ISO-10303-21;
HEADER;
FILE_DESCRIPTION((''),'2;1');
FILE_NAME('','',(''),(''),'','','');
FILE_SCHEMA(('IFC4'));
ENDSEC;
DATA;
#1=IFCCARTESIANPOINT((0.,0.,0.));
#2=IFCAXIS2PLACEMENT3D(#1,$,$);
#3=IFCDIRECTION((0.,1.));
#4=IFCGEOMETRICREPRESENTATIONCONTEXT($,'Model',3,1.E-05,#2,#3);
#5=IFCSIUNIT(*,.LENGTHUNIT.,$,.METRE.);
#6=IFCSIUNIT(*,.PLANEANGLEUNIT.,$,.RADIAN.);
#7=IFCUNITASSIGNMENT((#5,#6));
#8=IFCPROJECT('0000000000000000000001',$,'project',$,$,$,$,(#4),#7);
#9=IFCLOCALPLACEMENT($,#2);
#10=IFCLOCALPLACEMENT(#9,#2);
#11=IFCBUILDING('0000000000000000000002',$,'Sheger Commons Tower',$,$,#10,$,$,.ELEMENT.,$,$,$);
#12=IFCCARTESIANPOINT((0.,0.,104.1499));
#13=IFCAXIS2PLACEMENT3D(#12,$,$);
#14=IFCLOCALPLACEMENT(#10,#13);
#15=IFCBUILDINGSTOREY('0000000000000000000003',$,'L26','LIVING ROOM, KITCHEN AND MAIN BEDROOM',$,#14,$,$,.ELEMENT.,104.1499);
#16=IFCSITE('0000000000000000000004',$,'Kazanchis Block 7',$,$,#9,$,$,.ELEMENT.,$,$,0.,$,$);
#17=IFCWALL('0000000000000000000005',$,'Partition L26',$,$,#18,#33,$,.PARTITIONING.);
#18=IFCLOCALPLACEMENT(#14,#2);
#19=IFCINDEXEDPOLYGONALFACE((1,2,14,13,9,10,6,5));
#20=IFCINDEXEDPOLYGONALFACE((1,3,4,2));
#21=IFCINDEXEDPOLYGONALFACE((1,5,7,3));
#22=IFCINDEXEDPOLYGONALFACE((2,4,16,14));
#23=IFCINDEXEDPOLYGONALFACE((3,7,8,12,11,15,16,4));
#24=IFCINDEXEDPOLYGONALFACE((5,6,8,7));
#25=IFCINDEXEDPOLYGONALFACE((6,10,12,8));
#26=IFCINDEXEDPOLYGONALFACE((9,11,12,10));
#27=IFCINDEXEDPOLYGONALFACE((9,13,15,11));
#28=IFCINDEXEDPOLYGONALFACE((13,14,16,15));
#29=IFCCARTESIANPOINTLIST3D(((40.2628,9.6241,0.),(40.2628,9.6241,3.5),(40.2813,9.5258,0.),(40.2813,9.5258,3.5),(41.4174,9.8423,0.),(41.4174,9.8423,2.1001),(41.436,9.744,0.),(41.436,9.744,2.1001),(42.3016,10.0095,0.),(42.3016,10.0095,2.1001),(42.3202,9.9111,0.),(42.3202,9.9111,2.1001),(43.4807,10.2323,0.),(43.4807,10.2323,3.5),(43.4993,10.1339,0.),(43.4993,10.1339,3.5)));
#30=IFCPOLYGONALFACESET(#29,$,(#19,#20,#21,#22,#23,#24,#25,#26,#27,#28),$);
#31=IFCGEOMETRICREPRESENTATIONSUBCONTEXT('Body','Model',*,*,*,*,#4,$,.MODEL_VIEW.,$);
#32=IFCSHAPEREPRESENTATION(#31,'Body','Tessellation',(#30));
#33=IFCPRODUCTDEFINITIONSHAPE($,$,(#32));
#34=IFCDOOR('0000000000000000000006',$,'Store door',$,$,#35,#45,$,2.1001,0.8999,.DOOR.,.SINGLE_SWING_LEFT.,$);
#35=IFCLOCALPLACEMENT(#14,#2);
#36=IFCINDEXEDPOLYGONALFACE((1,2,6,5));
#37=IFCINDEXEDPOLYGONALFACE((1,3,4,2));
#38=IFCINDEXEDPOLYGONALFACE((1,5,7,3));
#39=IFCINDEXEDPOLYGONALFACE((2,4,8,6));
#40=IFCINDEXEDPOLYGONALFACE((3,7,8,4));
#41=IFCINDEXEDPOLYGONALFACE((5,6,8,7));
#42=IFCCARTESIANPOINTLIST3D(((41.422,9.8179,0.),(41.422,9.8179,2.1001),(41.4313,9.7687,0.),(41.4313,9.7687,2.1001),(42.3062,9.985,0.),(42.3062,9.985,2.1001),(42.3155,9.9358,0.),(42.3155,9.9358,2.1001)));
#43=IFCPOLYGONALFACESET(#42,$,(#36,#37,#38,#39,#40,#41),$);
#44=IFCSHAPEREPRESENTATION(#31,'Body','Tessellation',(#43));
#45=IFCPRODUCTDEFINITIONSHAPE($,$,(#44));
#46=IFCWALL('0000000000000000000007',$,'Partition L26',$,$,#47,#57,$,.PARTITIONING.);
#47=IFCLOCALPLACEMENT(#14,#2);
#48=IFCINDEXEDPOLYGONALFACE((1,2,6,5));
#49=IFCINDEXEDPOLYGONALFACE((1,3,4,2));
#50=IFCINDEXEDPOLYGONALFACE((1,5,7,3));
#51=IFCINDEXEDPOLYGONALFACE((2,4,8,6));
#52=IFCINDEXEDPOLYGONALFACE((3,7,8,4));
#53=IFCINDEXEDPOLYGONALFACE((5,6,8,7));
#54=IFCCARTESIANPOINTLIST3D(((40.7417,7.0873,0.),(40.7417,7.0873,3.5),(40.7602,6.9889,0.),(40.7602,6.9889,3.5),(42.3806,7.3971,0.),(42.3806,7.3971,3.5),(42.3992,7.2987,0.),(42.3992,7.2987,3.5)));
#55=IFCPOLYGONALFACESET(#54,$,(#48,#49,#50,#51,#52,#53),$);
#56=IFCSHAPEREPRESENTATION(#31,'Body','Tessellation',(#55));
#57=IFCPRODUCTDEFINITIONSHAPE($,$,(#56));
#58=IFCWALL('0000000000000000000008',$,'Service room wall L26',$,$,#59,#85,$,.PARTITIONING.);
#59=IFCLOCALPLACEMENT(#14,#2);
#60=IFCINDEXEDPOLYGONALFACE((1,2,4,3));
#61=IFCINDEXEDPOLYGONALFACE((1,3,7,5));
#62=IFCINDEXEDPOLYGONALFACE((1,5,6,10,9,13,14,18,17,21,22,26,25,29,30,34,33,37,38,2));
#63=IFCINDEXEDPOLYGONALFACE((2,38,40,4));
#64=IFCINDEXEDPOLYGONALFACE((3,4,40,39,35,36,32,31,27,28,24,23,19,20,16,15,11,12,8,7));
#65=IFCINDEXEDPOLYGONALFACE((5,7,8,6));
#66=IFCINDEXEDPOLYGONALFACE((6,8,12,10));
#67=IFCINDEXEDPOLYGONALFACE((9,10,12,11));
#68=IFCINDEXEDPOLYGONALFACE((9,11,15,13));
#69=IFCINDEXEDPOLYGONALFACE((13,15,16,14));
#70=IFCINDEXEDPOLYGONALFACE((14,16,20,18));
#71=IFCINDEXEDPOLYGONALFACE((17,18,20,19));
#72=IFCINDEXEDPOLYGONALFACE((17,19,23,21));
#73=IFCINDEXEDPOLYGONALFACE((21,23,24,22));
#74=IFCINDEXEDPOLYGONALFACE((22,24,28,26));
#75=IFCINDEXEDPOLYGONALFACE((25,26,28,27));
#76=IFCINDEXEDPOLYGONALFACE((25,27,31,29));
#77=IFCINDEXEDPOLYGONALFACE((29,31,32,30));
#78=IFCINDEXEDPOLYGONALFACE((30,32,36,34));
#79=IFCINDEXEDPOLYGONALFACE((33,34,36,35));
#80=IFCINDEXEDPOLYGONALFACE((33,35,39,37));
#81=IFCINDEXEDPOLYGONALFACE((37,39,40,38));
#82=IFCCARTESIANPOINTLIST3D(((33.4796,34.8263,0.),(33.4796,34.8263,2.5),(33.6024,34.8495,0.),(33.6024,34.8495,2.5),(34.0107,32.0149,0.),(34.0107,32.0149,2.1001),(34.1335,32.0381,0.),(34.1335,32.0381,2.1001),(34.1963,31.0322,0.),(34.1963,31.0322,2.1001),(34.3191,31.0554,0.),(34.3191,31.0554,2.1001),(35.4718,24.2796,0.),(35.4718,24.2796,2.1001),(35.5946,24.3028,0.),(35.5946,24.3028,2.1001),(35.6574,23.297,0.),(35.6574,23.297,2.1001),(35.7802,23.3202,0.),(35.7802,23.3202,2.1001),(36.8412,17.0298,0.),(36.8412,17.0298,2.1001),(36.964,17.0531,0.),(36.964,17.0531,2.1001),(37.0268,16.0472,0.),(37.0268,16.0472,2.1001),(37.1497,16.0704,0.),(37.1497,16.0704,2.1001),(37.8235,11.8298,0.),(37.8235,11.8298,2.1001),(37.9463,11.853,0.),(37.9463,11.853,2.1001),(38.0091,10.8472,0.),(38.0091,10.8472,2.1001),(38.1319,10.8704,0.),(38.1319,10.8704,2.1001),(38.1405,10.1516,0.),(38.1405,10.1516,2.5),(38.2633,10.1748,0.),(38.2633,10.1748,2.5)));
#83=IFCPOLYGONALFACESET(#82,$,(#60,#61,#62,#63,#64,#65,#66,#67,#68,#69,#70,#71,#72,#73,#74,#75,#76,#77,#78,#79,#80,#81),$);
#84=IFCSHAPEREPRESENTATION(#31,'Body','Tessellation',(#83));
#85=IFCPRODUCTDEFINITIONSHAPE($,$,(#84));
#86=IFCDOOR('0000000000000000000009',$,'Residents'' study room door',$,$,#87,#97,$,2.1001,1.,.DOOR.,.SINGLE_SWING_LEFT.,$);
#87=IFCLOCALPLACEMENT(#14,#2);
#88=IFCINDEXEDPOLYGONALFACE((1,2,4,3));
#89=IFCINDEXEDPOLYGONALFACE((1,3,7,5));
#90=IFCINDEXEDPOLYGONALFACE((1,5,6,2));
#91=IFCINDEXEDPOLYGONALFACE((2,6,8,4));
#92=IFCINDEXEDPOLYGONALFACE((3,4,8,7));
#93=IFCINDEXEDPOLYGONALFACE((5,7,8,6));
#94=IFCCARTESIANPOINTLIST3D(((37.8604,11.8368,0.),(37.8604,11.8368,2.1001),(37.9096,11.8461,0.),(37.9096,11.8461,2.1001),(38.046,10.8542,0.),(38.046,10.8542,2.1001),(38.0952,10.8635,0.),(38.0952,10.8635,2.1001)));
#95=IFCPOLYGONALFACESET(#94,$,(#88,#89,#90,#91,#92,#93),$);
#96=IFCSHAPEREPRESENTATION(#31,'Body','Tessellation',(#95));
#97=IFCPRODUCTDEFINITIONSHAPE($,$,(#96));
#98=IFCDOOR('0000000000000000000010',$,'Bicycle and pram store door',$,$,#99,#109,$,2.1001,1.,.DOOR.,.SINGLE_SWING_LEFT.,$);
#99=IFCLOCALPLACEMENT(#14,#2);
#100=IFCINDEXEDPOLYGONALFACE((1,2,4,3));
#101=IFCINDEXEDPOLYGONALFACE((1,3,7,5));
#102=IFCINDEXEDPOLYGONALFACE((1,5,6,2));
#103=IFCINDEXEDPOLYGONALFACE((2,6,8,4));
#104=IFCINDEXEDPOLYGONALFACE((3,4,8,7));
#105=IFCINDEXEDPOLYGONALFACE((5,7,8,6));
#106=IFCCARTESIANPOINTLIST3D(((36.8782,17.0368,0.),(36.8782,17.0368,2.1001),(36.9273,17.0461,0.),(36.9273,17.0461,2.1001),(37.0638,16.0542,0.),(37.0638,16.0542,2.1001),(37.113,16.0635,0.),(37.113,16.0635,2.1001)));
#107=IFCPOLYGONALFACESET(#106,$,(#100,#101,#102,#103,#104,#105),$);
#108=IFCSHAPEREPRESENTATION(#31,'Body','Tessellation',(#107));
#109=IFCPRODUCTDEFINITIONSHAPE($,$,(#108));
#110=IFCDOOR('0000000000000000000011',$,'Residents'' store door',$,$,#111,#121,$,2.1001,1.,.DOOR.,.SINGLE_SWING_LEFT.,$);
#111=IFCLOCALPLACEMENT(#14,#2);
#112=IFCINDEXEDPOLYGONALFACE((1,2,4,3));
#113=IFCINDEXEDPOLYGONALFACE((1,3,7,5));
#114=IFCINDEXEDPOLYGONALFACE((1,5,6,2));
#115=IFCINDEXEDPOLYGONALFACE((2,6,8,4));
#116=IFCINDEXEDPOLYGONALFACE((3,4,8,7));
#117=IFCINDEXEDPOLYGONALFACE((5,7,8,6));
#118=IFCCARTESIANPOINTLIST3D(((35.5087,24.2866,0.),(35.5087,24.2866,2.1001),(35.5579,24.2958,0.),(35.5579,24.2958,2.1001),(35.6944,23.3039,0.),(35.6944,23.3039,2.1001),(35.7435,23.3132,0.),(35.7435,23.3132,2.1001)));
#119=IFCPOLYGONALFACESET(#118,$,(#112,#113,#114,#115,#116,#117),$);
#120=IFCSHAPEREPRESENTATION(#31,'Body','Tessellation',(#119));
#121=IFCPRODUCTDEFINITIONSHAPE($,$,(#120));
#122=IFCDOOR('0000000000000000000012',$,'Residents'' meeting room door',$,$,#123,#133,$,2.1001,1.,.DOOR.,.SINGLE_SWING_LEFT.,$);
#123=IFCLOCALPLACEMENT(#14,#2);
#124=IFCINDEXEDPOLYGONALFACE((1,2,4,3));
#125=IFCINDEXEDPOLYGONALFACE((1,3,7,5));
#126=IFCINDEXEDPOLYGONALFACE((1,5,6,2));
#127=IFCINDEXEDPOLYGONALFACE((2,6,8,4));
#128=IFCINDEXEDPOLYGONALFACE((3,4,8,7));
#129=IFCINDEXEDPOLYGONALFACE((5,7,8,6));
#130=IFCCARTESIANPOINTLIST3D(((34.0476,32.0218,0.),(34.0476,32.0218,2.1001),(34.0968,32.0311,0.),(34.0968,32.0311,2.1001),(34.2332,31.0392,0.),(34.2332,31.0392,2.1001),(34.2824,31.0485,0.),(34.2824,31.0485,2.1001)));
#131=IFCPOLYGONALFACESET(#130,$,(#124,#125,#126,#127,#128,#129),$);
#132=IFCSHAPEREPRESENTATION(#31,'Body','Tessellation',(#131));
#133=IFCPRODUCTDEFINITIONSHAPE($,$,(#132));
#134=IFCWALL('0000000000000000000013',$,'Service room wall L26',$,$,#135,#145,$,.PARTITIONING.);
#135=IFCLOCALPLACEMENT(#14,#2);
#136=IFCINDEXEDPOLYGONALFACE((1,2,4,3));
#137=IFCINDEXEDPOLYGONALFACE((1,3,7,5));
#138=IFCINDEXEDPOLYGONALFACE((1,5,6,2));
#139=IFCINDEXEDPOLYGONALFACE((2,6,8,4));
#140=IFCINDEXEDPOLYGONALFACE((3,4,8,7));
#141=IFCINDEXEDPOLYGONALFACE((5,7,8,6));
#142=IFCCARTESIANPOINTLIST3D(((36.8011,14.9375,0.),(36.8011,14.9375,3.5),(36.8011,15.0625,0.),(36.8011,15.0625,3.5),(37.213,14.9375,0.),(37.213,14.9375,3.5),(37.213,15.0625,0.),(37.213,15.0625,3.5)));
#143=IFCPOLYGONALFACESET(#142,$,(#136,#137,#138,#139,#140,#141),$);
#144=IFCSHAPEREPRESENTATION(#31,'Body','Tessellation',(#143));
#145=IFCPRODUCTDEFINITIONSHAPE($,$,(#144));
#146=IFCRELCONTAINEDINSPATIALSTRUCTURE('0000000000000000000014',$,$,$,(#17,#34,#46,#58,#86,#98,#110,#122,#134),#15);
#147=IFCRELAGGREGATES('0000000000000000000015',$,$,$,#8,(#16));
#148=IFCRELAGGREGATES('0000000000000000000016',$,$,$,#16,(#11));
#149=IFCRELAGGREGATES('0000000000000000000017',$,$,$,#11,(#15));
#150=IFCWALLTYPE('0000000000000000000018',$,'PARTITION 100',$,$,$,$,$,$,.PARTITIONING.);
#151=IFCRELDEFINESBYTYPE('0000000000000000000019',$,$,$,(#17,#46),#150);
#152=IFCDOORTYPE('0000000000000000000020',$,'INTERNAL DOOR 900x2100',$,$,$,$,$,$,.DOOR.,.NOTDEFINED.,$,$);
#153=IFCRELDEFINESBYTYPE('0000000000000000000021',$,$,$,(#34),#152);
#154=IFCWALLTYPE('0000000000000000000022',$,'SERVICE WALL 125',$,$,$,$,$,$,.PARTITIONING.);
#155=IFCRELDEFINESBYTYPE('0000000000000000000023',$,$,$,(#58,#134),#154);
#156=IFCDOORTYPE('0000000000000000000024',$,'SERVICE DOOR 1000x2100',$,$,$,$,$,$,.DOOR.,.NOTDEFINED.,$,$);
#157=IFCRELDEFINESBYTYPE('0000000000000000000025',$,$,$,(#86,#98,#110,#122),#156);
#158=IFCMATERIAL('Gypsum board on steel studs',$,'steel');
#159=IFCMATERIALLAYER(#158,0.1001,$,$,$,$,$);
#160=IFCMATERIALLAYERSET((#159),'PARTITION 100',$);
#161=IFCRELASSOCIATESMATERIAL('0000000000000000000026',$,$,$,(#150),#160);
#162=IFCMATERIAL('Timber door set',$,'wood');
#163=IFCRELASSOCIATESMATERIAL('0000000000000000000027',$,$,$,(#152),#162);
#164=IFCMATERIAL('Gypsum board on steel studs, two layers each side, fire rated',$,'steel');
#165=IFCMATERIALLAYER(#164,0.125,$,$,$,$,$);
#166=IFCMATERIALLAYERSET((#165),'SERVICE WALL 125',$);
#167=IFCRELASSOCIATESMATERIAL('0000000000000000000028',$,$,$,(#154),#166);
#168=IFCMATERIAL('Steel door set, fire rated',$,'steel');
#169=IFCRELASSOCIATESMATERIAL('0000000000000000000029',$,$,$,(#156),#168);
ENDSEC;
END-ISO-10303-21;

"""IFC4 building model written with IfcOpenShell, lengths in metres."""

from ifc_helpers import new_model, si_unit, direction, frame, frame_2d, origin, place, context, subcontext, project, spatial, rectangle, extrude, material, layer, layer_set, type_object, element, fill, save


model = new_model("IFC4")

# Units and contexts
model_context = context("Model", 3, precision=1e-05, world=origin(), true_north=direction((0.0, 1.0)))
body_context = subcontext(model_context, "Body", "Model", "MODEL_VIEW")
ifc_project = project(units=[si_unit("LENGTHUNIT", "METRE"), si_unit("PLANEANGLEUNIT", "RADIAN")], contexts=[model_context])

# Site, building, storey
site_placement = place(None, origin())
site = spatial("IfcSite", under=ifc_project, at=site_placement, Name="Kazanchis Block 7", CompositionType="ELEMENT", RefElevation=0.0)
building_placement = place(site_placement, origin())
building = spatial("IfcBuilding", under=site, at=building_placement, Name="Sheger Commons Tower", CompositionType="ELEMENT")
storey_placement = place(building_placement, frame((0.0, 0.0, 104.1499)))
storey = spatial("IfcBuildingStorey", under=building, at=storey_placement, Name="L26", Description="LIVING ROOM, KITCHEN AND MAIN BEDROOM", CompositionType="ELEMENT", Elevation=104.1499)

# Shared definitions
ifc_material_1 = material(Name="Gypsum board on steel studs", Category="steel")
ifc_layer_1 = layer(ifc_material_1, 0.1001)
ifc_layer_set_1 = layer_set([ifc_layer_1], Name="PARTITION 100")
wall_type_1 = type_object("IfcWallType", Name="PARTITION 100", PredefinedType="PARTITIONING", material=ifc_layer_set_1)

# Shared definitions
ifc_material_2 = material(Name="Timber door set", Category="wood")
door_type_1 = type_object("IfcDoorType", Name="INTERNAL DOOR 900x2100", OperationType="NOTDEFINED", PredefinedType="DOOR", material=ifc_material_2)

# Wall, opening, door
wall_1_placement = place(storey_placement, frame((43.49, 10.1831, 0.0), z_axis=(0.0, 0.0, 1.0), x_axis=(-0.982607, -0.185697, 0.0)))
wall_1 = element("IfcWall", 1, at=wall_1_placement, inside=storey, type_object=wall_type_1, Name="Partition L26", PredefinedType="PARTITIONING", context=body_context, shape_type="SweptSolid", body=[
    extrude(rectangle(XDim=3.2749, YDim=0.1001, at=frame_2d((1.6375, 0.0))), origin(), (0.0, 0.0, 1.0), 3.5),
])
opening_1_placement = place(wall_1_placement, frame((1.2, 0.0, 0.0)))
opening_1 = element("IfcOpeningElement", 2, at=opening_1_placement, cuts=wall_1, PredefinedType="OPENING", context=body_context, shape_type="SweptSolid", body=[
    extrude(rectangle(XDim=0.8999, YDim=2.1001, at=frame_2d((0.45, 1.05))), frame((0.0, 0.0601, 0.0), z_axis=(0.0, -1.0, 0.0), x_axis=(1.0, 0.0, 0.0)), (0.0, 0.0, 1.0), 0.1201),
])
door_1_placement = place(opening_1_placement, origin())
door_1 = element("IfcDoor", 3, at=door_1_placement, inside=storey, type_object=door_type_1, Name="Store door", OperationType="SINGLE_SWING_LEFT", OverallHeight=2.1001, OverallWidth=0.8999, PredefinedType="DOOR", context=body_context, shape_type="SweptSolid", body=[
    extrude(rectangle(XDim=0.8999, YDim=2.1001, at=frame_2d((0.45, 1.05))), frame((0.0, 0.0249, 0.0), z_axis=(0.0, -1.0, 0.0), x_axis=(1.0, 0.0, 0.0)), (0.0, 0.0, 1.0), 0.05),
])
fill(opening_1, door_1)

# Wall
wall_2_placement = place(storey_placement, frame((42.3899, 7.3479, 0.0), z_axis=(0.0, 0.0, 1.0), x_axis=(-0.982598, -0.185747, 0.0)))
element("IfcWall", 4, at=wall_2_placement, inside=storey, type_object=wall_type_1, Name="Partition L26", PredefinedType="PARTITIONING", context=body_context, shape_type="SweptSolid", body=[
    extrude(rectangle(XDim=1.668, YDim=0.1001, at=frame_2d((0.834, 0.0))), origin(), (0.0, 0.0, 1.0), 3.5),
])

# Wall, openings, doors
ifc_material_3 = material(Name="Gypsum board on steel studs, two layers each side, fire rated", Category="steel")
ifc_layer_2 = layer(ifc_material_3, 0.125)
ifc_layer_set_2 = layer_set([ifc_layer_2], Name="SERVICE WALL 125")
wall_type_2 = type_object("IfcWallType", Name="SERVICE WALL 125", PredefinedType="PARTITIONING", material=ifc_layer_set_2)
wall_3_placement = place(storey_placement, frame((38.2019, 10.1631, 0.0), z_axis=(0.0, 0.0, 1.0), x_axis=(-0.18561, 0.982623, 0.0)))
wall_3 = element("IfcWall", 5, at=wall_3_placement, inside=storey, type_object=wall_type_2, Name="Service room wall L26", PredefinedType="PARTITIONING", context=body_context, shape_type="SweptSolid", body=[
    extrude(rectangle(XDim=25.1111, YDim=0.125, at=frame_2d((12.5557, 0.0))), origin(), (0.0, 0.0, 1.0), 2.5),
])
opening_2_placement = place(wall_3_placement, frame((0.708, 0.0, 0.0)))
opening_2 = element("IfcOpeningElement", 6, at=opening_2_placement, cuts=wall_3, PredefinedType="OPENING", context=body_context, shape_type="SweptSolid", body=[
    extrude(rectangle(XDim=1.0, YDim=2.1001, at=frame_2d((0.5, 1.05))), frame((0.0, 0.0725, 0.0), z_axis=(0.0, -1.0, 0.0), x_axis=(1.0, 0.0, 0.0)), (0.0, 0.0, 1.0), 0.145),
])
opening_3_placement = place(wall_3_placement, frame((6.0, 0.0, 0.0)))
opening_3 = element("IfcOpeningElement", 7, at=opening_3_placement, cuts=wall_3, PredefinedType="OPENING", context=body_context, shape_type="SweptSolid", body=[
    extrude(rectangle(XDim=1.0, YDim=2.1001, at=frame_2d((0.5, 1.05))), frame((0.0, 0.0725, 0.0), z_axis=(0.0, -1.0, 0.0), x_axis=(1.0, 0.0, 0.0)), (0.0, 0.0, 1.0), 0.145),
])
opening_4_placement = place(wall_3_placement, frame((13.3779, 0.0, 0.0)))
opening_4 = element("IfcOpeningElement", 8, at=opening_4_placement, cuts=wall_3, PredefinedType="OPENING", context=body_context, shape_type="SweptSolid", body=[
    extrude(rectangle(XDim=1.0, YDim=2.1001, at=frame_2d((0.5, 1.05))), frame((0.0, 0.0725, 0.0), z_axis=(0.0, -1.0, 0.0), x_axis=(1.0, 0.0, 0.0)), (0.0, 0.0, 1.0), 0.145),
])
opening_5_placement = place(wall_3_placement, frame((21.25, 0.0, 0.0)))
opening_5 = element("IfcOpeningElement", 9, at=opening_5_placement, cuts=wall_3, PredefinedType="OPENING", context=body_context, shape_type="SweptSolid", body=[
    extrude(rectangle(XDim=1.0, YDim=2.1001, at=frame_2d((0.5, 1.05))), frame((0.0, 0.0725, 0.0), z_axis=(0.0, -1.0, 0.0), x_axis=(1.0, 0.0, 0.0)), (0.0, 0.0, 1.0), 0.145),
])
ifc_material_4 = material(Name="Steel door set, fire rated", Category="steel")
door_type_2 = type_object("IfcDoorType", Name="SERVICE DOOR 1000x2100", OperationType="NOTDEFINED", PredefinedType="DOOR", material=ifc_material_4)
door_2_placement = place(opening_2_placement, origin())
door_2 = element("IfcDoor", 10, at=door_2_placement, inside=storey, type_object=door_type_2, Name="Residents' study room door", OperationType="SINGLE_SWING_LEFT", OverallHeight=2.1001, OverallWidth=1.0, PredefinedType="DOOR", context=body_context, shape_type="SweptSolid", body=[
    extrude(rectangle(XDim=1.0, YDim=2.1001, at=frame_2d((0.5, 1.05))), frame((0.0, 0.0249, 0.0), z_axis=(0.0, -1.0, 0.0), x_axis=(1.0, 0.0, 0.0)), (0.0, 0.0, 1.0), 0.05),
])
fill(opening_2, door_2)
door_3_placement = place(opening_3_placement, origin())
door_3 = element("IfcDoor", 11, at=door_3_placement, inside=storey, type_object=door_type_2, Name="Bicycle and pram store door", OperationType="SINGLE_SWING_LEFT", OverallHeight=2.1001, OverallWidth=1.0, PredefinedType="DOOR", context=body_context, shape_type="SweptSolid", body=[
    extrude(rectangle(XDim=1.0, YDim=2.1001, at=frame_2d((0.5, 1.05))), frame((0.0, 0.0249, 0.0), z_axis=(0.0, -1.0, 0.0), x_axis=(1.0, 0.0, 0.0)), (0.0, 0.0, 1.0), 0.05),
])
fill(opening_3, door_3)
door_4_placement = place(opening_4_placement, origin())
door_4 = element("IfcDoor", 12, at=door_4_placement, inside=storey, type_object=door_type_2, Name="Residents' store door", OperationType="SINGLE_SWING_LEFT", OverallHeight=2.1001, OverallWidth=1.0, PredefinedType="DOOR", context=body_context, shape_type="SweptSolid", body=[
    extrude(rectangle(XDim=1.0, YDim=2.1001, at=frame_2d((0.5, 1.05))), frame((0.0, 0.0249, 0.0), z_axis=(0.0, -1.0, 0.0), x_axis=(1.0, 0.0, 0.0)), (0.0, 0.0, 1.0), 0.05),
])
fill(opening_4, door_4)
door_5_placement = place(opening_5_placement, origin())
door_5 = element("IfcDoor", 13, at=door_5_placement, inside=storey, type_object=door_type_2, Name="Residents' meeting room door", OperationType="SINGLE_SWING_LEFT", OverallHeight=2.1001, OverallWidth=1.0, PredefinedType="DOOR", context=body_context, shape_type="SweptSolid", body=[
    extrude(rectangle(XDim=1.0, YDim=2.1001, at=frame_2d((0.5, 1.05))), frame((0.0, 0.0249, 0.0), z_axis=(0.0, -1.0, 0.0), x_axis=(1.0, 0.0, 0.0)), (0.0, 0.0, 1.0), 0.05),
])
fill(opening_5, door_5)

# Wall
wall_4_placement = place(storey_placement, frame((36.801, 15.0, 0.0), z_axis=(0.0, 0.0, 1.0), x_axis=(1.0, 0.0, 0.0)))
element("IfcWall", 14, at=wall_4_placement, inside=storey, type_object=wall_type_2, Name="Service room wall L26", PredefinedType="PARTITIONING", context=body_context, shape_type="SweptSolid", body=[
    extrude(rectangle(XDim=0.4119, YDim=0.125, at=frame_2d((0.2061, 0.0))), origin(), (0.0, 0.0, 1.0), 3.5),
])

save(model, "model.ifc")
